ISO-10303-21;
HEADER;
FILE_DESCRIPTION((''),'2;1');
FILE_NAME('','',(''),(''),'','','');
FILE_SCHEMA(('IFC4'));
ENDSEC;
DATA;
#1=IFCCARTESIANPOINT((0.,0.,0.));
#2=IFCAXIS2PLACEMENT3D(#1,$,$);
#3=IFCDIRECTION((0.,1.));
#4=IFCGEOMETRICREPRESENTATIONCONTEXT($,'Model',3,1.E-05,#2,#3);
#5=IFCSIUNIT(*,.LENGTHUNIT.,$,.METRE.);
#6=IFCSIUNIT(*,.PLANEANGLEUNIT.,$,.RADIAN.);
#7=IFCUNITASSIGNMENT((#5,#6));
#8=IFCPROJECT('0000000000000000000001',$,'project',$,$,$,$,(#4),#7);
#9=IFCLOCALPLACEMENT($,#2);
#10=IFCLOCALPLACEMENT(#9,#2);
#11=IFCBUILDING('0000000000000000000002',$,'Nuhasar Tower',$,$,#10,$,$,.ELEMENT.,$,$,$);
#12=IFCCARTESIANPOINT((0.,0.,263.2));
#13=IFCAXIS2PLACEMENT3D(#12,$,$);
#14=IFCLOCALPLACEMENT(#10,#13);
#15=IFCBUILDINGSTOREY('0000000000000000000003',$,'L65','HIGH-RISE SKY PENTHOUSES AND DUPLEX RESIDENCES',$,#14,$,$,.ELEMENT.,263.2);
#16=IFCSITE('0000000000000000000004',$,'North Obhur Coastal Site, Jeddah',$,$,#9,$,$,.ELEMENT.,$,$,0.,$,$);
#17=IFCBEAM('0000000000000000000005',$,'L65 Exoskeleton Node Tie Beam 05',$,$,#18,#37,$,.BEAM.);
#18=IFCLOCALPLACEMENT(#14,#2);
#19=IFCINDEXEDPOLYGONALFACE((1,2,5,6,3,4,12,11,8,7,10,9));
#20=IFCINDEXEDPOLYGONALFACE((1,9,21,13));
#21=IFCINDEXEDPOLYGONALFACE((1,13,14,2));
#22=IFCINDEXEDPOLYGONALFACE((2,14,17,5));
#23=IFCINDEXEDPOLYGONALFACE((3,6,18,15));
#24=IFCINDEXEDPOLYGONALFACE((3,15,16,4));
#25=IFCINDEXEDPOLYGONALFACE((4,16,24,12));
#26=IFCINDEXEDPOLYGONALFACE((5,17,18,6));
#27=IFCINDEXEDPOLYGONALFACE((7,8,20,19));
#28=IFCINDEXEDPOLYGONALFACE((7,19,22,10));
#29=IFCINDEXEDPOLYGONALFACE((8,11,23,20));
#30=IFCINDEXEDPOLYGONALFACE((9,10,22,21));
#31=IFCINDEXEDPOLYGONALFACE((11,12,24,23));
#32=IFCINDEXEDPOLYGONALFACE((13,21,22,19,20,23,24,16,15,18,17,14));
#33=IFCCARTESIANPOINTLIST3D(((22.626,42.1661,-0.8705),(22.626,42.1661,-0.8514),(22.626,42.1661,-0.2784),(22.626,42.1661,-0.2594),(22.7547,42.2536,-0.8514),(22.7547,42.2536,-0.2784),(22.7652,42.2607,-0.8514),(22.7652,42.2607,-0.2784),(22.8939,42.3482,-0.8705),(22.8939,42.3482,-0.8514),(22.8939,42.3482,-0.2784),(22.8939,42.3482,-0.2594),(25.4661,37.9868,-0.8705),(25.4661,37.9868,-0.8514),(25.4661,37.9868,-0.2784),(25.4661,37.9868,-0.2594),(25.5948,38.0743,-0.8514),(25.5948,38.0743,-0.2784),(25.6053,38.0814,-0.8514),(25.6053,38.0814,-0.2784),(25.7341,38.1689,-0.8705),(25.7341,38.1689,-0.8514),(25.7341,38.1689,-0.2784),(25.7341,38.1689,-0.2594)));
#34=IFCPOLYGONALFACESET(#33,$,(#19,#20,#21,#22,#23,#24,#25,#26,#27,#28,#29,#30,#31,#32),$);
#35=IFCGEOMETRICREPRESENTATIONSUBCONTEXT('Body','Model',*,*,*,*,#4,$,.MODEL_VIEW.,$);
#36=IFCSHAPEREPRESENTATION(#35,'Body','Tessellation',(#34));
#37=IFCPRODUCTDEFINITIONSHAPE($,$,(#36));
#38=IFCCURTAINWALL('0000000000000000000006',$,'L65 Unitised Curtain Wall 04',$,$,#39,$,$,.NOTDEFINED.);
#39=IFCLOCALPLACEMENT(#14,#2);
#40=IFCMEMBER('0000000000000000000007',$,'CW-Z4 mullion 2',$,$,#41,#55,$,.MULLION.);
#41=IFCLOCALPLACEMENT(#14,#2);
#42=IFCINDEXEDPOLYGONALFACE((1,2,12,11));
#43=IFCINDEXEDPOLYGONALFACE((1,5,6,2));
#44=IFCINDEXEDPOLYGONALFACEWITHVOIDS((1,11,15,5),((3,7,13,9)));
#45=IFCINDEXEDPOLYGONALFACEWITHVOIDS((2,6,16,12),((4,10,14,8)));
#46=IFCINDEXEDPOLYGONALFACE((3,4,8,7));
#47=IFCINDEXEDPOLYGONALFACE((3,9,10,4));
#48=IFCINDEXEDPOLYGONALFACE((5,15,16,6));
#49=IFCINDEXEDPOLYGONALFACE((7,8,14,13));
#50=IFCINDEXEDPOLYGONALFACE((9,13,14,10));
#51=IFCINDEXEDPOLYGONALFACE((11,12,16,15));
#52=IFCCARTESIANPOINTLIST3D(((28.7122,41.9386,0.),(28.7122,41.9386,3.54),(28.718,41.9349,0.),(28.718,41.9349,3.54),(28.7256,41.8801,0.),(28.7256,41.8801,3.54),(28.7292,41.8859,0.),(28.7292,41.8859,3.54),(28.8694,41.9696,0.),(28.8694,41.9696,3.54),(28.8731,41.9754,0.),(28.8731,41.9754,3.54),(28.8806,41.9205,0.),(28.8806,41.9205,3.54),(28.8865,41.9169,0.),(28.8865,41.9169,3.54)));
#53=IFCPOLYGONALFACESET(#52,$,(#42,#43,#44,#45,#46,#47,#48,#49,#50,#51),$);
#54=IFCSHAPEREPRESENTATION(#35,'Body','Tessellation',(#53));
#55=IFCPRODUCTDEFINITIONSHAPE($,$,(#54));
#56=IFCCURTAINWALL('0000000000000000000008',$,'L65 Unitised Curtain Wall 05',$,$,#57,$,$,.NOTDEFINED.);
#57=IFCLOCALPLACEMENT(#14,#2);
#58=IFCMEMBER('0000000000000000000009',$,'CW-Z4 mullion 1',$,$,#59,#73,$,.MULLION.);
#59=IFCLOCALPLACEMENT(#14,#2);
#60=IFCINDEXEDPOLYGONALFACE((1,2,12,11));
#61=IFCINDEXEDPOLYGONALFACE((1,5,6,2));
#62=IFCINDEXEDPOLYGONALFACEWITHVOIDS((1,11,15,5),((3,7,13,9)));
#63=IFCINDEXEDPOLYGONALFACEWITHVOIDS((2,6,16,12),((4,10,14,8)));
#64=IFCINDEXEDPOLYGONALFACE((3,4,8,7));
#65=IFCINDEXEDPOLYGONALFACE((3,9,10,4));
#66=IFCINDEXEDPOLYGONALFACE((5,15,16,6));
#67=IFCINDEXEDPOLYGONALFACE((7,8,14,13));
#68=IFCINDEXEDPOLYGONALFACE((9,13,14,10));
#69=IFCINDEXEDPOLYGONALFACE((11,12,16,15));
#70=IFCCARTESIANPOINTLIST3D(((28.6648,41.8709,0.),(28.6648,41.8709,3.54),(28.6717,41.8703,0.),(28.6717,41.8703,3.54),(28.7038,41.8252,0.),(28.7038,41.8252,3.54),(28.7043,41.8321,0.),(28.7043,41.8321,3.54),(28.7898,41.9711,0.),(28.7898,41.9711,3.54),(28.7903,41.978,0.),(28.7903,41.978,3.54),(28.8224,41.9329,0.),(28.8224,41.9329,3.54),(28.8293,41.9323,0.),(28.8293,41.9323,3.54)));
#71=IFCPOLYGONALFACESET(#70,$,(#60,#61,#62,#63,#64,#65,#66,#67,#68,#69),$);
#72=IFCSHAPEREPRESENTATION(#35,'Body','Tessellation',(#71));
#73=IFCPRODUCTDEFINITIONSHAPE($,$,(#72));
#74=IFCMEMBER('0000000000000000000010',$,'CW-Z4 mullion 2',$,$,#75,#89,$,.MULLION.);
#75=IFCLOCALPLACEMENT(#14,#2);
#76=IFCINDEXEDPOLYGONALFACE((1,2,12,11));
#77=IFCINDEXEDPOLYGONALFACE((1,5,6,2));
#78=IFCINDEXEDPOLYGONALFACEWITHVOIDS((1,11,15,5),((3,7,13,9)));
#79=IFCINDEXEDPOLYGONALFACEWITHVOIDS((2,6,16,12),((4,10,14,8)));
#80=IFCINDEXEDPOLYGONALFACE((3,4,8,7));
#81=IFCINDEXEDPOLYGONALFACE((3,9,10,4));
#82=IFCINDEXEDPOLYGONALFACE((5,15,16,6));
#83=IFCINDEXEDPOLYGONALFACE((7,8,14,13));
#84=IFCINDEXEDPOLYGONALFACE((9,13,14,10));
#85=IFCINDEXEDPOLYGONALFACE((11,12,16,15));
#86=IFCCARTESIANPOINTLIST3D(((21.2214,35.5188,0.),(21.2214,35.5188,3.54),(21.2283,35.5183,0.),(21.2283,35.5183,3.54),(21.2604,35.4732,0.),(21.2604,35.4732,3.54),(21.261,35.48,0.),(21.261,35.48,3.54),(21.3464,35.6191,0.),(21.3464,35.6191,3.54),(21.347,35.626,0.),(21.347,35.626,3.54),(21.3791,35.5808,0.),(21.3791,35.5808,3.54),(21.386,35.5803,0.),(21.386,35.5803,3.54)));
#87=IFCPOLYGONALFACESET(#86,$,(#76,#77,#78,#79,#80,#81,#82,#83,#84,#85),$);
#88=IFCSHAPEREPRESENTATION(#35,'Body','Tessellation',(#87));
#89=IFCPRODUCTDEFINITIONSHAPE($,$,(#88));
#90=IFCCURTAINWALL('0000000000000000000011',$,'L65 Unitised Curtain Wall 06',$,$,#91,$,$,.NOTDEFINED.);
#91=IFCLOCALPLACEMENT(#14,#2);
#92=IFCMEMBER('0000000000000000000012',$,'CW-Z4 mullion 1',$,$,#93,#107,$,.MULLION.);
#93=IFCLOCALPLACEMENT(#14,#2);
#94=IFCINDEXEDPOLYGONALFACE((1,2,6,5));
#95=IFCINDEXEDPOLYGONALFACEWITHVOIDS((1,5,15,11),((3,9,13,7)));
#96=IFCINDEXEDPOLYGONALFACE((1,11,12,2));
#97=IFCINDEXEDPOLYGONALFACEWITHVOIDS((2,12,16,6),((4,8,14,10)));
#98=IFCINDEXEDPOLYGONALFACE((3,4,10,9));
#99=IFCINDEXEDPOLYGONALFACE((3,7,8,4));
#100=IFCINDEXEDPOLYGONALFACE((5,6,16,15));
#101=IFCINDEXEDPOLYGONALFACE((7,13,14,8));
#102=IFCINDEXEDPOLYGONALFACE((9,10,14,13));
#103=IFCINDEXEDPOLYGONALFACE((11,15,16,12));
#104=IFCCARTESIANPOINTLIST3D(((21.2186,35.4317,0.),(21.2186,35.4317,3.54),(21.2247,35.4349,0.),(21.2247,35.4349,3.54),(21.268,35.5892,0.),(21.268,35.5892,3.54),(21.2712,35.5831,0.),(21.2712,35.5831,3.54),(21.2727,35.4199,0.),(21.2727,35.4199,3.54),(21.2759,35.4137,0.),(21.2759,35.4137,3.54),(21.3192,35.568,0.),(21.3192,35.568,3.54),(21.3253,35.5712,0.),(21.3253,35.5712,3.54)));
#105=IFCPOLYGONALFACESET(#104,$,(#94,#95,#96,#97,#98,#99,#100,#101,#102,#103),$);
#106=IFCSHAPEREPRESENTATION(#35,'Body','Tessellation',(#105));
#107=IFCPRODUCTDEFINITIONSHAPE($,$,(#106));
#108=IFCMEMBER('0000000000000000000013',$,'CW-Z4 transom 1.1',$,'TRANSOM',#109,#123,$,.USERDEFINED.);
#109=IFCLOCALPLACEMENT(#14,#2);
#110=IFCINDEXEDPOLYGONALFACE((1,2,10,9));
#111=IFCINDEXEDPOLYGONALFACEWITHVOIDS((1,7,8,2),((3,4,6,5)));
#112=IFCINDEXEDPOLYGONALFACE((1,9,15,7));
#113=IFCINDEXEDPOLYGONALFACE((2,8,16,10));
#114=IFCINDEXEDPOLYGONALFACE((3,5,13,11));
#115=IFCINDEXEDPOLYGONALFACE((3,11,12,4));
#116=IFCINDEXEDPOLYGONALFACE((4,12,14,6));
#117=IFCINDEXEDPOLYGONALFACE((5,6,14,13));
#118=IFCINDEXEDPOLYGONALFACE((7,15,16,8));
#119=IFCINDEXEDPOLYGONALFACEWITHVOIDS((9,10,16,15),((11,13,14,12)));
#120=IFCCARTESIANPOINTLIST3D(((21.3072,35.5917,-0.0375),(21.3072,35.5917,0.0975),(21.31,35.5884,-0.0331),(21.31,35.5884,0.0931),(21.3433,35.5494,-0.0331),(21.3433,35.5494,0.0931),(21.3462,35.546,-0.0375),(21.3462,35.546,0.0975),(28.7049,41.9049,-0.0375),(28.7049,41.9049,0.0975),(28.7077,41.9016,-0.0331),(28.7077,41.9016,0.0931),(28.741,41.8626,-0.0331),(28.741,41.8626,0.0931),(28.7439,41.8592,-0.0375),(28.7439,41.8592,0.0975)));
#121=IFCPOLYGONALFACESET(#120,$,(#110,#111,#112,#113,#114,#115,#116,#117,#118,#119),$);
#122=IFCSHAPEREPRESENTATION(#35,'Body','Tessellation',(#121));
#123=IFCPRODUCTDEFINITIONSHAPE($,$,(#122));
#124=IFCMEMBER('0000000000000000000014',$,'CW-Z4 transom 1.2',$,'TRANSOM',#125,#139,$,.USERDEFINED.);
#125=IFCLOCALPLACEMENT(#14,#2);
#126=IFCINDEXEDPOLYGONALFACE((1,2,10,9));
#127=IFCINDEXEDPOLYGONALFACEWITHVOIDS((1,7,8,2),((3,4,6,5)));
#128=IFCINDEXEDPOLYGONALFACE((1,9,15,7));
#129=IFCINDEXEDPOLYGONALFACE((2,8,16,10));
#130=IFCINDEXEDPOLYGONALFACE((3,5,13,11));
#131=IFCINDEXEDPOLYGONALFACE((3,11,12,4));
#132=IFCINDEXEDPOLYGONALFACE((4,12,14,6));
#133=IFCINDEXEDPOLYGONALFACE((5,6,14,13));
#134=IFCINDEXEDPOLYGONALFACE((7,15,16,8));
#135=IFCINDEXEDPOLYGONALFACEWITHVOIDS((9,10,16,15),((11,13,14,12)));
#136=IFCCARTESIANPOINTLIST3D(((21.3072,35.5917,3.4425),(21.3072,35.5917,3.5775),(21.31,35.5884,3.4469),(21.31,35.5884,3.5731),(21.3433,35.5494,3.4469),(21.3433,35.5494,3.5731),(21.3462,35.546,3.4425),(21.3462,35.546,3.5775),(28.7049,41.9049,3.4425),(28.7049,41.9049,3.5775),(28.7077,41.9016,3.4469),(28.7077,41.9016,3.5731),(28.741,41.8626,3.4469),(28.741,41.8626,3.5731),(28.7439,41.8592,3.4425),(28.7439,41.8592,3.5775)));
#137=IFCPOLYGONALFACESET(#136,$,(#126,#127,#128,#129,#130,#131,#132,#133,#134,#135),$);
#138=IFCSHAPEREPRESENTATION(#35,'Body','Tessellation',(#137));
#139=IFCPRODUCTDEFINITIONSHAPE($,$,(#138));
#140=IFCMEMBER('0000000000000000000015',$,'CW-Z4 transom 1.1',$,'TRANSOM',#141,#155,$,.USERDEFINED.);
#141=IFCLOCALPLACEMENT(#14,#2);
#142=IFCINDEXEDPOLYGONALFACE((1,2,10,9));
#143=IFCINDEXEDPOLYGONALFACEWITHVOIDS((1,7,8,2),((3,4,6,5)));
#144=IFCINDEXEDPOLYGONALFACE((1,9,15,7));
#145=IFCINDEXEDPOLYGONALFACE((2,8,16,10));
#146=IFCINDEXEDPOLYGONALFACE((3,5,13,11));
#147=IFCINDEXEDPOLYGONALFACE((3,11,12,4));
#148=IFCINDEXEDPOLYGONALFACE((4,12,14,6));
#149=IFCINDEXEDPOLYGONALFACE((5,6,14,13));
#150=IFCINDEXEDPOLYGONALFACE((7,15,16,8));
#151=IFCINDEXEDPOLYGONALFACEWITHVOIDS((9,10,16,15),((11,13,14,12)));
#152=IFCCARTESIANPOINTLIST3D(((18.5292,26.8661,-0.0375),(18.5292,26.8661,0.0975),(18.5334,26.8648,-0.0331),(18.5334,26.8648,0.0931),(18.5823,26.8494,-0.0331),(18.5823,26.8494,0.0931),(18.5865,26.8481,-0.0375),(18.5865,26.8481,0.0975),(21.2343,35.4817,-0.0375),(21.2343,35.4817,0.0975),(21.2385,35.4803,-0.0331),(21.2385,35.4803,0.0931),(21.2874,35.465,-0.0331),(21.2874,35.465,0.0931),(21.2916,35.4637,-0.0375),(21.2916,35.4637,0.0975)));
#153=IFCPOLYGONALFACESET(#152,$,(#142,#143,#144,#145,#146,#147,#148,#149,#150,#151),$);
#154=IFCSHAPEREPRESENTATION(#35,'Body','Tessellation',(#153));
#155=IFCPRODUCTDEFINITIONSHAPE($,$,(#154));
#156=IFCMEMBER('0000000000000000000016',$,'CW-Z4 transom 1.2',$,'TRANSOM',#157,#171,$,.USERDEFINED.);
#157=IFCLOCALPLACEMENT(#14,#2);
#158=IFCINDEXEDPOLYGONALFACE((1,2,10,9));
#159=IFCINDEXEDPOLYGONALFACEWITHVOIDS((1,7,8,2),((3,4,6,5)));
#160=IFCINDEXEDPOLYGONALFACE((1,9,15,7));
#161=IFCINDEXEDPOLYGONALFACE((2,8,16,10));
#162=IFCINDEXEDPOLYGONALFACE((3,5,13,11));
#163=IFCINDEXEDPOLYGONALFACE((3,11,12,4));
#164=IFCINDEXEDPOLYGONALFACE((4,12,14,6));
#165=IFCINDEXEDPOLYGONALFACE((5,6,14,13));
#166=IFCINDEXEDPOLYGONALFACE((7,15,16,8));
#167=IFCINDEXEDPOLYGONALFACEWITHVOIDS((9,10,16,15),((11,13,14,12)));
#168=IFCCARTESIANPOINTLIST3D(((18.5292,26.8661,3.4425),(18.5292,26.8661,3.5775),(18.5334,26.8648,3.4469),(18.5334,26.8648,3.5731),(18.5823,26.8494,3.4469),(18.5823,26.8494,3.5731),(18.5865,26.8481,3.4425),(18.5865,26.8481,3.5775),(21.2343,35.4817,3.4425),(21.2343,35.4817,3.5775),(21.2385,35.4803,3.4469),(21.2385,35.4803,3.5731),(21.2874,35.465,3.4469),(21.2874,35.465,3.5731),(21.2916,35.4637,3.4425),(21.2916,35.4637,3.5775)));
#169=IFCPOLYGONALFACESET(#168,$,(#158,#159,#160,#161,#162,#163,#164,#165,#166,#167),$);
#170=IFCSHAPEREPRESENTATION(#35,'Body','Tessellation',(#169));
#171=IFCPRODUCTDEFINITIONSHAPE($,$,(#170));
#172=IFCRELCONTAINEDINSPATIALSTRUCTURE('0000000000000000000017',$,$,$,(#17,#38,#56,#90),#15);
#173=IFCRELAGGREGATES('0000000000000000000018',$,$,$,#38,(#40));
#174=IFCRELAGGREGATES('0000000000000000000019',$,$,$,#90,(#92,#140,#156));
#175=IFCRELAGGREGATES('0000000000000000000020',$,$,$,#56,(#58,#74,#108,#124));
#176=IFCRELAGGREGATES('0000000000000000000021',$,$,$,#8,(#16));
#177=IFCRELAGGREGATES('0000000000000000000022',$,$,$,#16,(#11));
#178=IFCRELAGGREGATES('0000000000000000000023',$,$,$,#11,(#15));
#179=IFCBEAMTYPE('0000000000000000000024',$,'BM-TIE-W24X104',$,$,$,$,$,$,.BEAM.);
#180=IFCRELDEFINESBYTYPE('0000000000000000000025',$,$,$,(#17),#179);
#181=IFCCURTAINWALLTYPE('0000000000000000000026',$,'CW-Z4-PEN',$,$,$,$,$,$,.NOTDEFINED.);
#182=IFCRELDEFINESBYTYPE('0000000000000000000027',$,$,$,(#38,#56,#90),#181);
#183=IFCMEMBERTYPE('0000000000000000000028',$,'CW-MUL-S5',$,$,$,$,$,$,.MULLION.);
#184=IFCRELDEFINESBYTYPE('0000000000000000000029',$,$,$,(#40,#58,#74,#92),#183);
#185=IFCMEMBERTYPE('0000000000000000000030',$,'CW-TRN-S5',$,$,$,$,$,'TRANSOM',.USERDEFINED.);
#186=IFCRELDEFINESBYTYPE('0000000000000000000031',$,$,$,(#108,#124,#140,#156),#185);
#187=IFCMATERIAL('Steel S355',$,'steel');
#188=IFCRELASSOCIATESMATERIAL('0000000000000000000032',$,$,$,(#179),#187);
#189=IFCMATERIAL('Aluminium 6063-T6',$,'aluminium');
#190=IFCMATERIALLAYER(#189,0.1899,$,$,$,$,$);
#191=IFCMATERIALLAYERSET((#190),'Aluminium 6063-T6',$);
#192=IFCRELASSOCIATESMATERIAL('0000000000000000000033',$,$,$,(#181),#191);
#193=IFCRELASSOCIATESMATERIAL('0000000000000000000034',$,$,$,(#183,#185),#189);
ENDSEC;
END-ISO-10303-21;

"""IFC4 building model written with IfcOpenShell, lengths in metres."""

from ifc_helpers import new_model, si_unit, direction, frame, origin, origin_2d, place, context, subcontext, project, spatial, hollow_rectangle, i_section, extrude, material, layer, layer_set, material_profile, profile_set, type_object, element, aggregate, save


model = new_model("IFC4")

# Units and contexts
model_context = context("Model", 3, precision=1e-05, world=origin(), true_north=direction((0.0, 1.0)))
body_context = subcontext(model_context, "Body", "Model", "MODEL_VIEW")
ifc_project = project(units=[si_unit("LENGTHUNIT", "METRE"), si_unit("PLANEANGLEUNIT", "RADIAN")], contexts=[model_context])

# Site, building, storey
site_placement = place(None, origin())
site = spatial("IfcSite", under=ifc_project, at=site_placement, Name="North Obhur Coastal Site, Jeddah", CompositionType="ELEMENT", RefElevation=0.0)
building_placement = place(site_placement, origin())
building = spatial("IfcBuilding", under=site, at=building_placement, Name="Nuhasar Tower", CompositionType="ELEMENT")
storey_placement = place(building_placement, frame((0.0, 0.0, 263.2)))
storey = spatial("IfcBuildingStorey", under=building, at=storey_placement, Name="L65", Description="HIGH-RISE SKY PENTHOUSES AND DUPLEX RESIDENCES", CompositionType="ELEMENT", Elevation=263.2)

# Beam
ifc_material_1 = material(Name="Steel S355", Category="steel")
ifc_material_profile_1 = material_profile(ifc_material_1, i_section(OverallWidth=0.324, OverallDepth=0.6111, WebThickness=0.0127, FlangeThickness=0.019, at=origin_2d()), Name="W24X104")
ifc_profile_set_1 = profile_set([ifc_material_profile_1], Name="Steel S355")
beam_type_1 = type_object("IfcBeamType", Name="BM-TIE-W24X104", PredefinedType="BEAM", material=ifc_profile_set_1)
beam_1_placement = place(storey_placement, frame((25.6001, 38.0779, -0.5649), z_axis=(-0.562071, 0.827089, 0.0), x_axis=(-0.827089, -0.562071, 0.0)))
element("IfcBeam", 1, at=beam_1_placement, inside=storey, type_object=beam_type_1, Name="L65 Exoskeleton Node Tie Beam 05", PredefinedType="BEAM", context=body_context, shape_type="SweptSolid", body=[
    extrude(i_section(OverallWidth=0.324, OverallDepth=0.6111, WebThickness=0.0127, FlangeThickness=0.019, at=origin_2d()), origin(), (0.0, 0.0, 1.0), 5.053),
])

# Curtain wall, member
ifc_material_2 = material(Name="Aluminium 6063-T6", Category="aluminium")
ifc_layer_1 = layer(ifc_material_2, 0.1899)
ifc_layer_set_1 = layer_set([ifc_layer_1], Name="Aluminium 6063-T6")
curtain_wall_type = type_object("IfcCurtainWallType", Name="CW-Z4-PEN", PredefinedType="NOTDEFINED", material=ifc_layer_set_1)
curtain_wall_1_placement = place(storey_placement, origin())
curtain_wall_1 = element("IfcCurtainWall", 2, at=curtain_wall_1_placement, inside=storey, type_object=curtain_wall_type, Name="L65 Unitised Curtain Wall 04", PredefinedType="NOTDEFINED")
ifc_material_profile_2 = material_profile(ifc_material_2, hollow_rectangle(XDim=0.0601, YDim=0.165, WallThickness=0.0049, at=origin_2d()), Name="CWM-5")
ifc_profile_set_2 = profile_set([ifc_material_profile_2], Name="Aluminium 6063-T6")
member_type_1 = type_object("IfcMemberType", Name="CW-MUL-S5", PredefinedType="MULLION", material=ifc_profile_set_2)
member_1_placement = place(storey_placement, frame((28.7993, 41.9277, 0.0), z_axis=(0.0, 0.0, 1.0), x_axis=(0.222889, -0.974844, 0.0)))
member_1 = element("IfcMember", 3, at=member_1_placement, type_object=member_type_1, Name="CW-Z4 mullion 2", PredefinedType="MULLION", context=body_context, shape_type="SweptSolid", body=[
    extrude(hollow_rectangle(XDim=0.0601, YDim=0.165, WallThickness=0.0049, at=origin_2d()), origin(), (0.0, 0.0, 1.0), 3.54),
])
aggregate(curtain_wall_1, [member_1])

# Curtain wall, members
curtain_wall_2_placement = place(storey_placement, origin())
curtain_wall_2 = element("IfcCurtainWall", 4, at=curtain_wall_2_placement, inside=storey, type_object=curtain_wall_type, Name="L65 Unitised Curtain Wall 05", PredefinedType="NOTDEFINED")
member_2_placement = place(storey_placement, frame((28.7471, 41.9016, 0.0), z_axis=(0.0, 0.0, 1.0), x_axis=(0.649142, -0.760667, 0.0)))
member_2 = element("IfcMember", 5, at=member_2_placement, type_object=member_type_1, Name="CW-Z4 mullion 1", PredefinedType="MULLION", context=body_context, shape_type="SweptSolid", body=[
    extrude(hollow_rectangle(XDim=0.0601, YDim=0.165, WallThickness=0.0049, at=origin_2d()), origin(), (0.0, 0.0, 1.0), 3.54),
])
member_3_placement = place(storey_placement, frame((21.3037, 35.5496, 0.0), z_axis=(0.0, 0.0, 1.0), x_axis=(0.649142, -0.760667, 0.0)))
member_3 = element("IfcMember", 6, at=member_3_placement, type_object=member_type_1, Name="CW-Z4 mullion 2", PredefinedType="MULLION", context=body_context, shape_type="SweptSolid", body=[
    extrude(hollow_rectangle(XDim=0.0601, YDim=0.165, WallThickness=0.0049, at=origin_2d()), origin(), (0.0, 0.0, 1.0), 3.54),
])

# Curtain wall, member
curtain_wall_3_placement = place(storey_placement, origin())
curtain_wall_3 = element("IfcCurtainWall", 7, at=curtain_wall_3_placement, inside=storey, type_object=curtain_wall_type, Name="L65 Unitised Curtain Wall 06", PredefinedType="NOTDEFINED")
member_4_placement = place(storey_placement, frame((21.272, 35.5015, 0.0), z_axis=(0.0, 0.0, 1.0), x_axis=(0.954079, -0.299557, 0.0)))
member_4 = element("IfcMember", 8, at=member_4_placement, type_object=member_type_1, Name="CW-Z4 mullion 1", PredefinedType="MULLION", context=body_context, shape_type="SweptSolid", body=[
    extrude(hollow_rectangle(XDim=0.0601, YDim=0.165, WallThickness=0.0049, at=origin_2d()), origin(), (0.0, 0.0, 1.0), 3.54),
])

# Members
ifc_material_profile_3 = material_profile(ifc_material_2, hollow_rectangle(XDim=0.0601, YDim=0.135, WallThickness=0.0044, at=origin_2d()), Name="CWT-5")
ifc_profile_set_3 = profile_set([ifc_material_profile_3], Name="Aluminium 6063-T6")
member_type_2 = type_object("IfcMemberType", Name="CW-TRN-S5", ElementType="TRANSOM", PredefinedType="USERDEFINED", material=ifc_profile_set_3)
member_5_placement = place(storey_placement, frame((28.7244, 41.8821, 0.03), z_axis=(-0.76066, -0.64915, 0.0), x_axis=(0.64915, -0.76066, 0.0)))
member_5 = element("IfcMember", 9, at=member_5_placement, type_object=member_type_2, Name="CW-Z4 transom 1.1", ObjectType="TRANSOM", PredefinedType="USERDEFINED", context=body_context, shape_type="SweptSolid", body=[
    extrude(hollow_rectangle(XDim=0.0601, YDim=0.135, WallThickness=0.0044, at=origin_2d()), origin(), (0.0, 0.0, 1.0), 9.7253),
])
member_6_placement = place(storey_placement, frame((28.7244, 41.8821, 3.51), z_axis=(-0.76066, -0.64915, 0.0), x_axis=(0.64915, -0.76066, 0.0)))
member_6 = element("IfcMember", 10, at=member_6_placement, type_object=member_type_2, Name="CW-Z4 transom 1.2", ObjectType="TRANSOM", PredefinedType="USERDEFINED", context=body_context, shape_type="SweptSolid", body=[
    extrude(hollow_rectangle(XDim=0.0601, YDim=0.135, WallThickness=0.0044, at=origin_2d()), origin(), (0.0, 0.0, 1.0), 9.7253),
])
member_7_placement = place(storey_placement, frame((21.2629, 35.4727, 0.03), z_axis=(-0.29956, -0.954077, 0.0), x_axis=(0.954077, -0.29956, 0.0)))
member_7 = element("IfcMember", 11, at=member_7_placement, type_object=member_type_2, Name="CW-Z4 transom 1.1", ObjectType="TRANSOM", PredefinedType="USERDEFINED", context=body_context, shape_type="SweptSolid", body=[
    extrude(hollow_rectangle(XDim=0.0601, YDim=0.135, WallThickness=0.0044, at=origin_2d()), origin(), (0.0, 0.0, 1.0), 9.0303),
])
member_8_placement = place(storey_placement, frame((21.2629, 35.4727, 3.51), z_axis=(-0.29956, -0.954077, 0.0), x_axis=(0.954077, -0.29956, 0.0)))
member_8 = element("IfcMember", 12, at=member_8_placement, type_object=member_type_2, Name="CW-Z4 transom 1.2", ObjectType="TRANSOM", PredefinedType="USERDEFINED", context=body_context, shape_type="SweptSolid", body=[
    extrude(hollow_rectangle(XDim=0.0601, YDim=0.135, WallThickness=0.0044, at=origin_2d()), origin(), (0.0, 0.0, 1.0), 9.0303),
])
aggregate(curtain_wall_3, [member_4, member_7, member_8])

aggregate(curtain_wall_2, [member_2, member_3, member_5, member_6])

save(model, "model.ifc")
